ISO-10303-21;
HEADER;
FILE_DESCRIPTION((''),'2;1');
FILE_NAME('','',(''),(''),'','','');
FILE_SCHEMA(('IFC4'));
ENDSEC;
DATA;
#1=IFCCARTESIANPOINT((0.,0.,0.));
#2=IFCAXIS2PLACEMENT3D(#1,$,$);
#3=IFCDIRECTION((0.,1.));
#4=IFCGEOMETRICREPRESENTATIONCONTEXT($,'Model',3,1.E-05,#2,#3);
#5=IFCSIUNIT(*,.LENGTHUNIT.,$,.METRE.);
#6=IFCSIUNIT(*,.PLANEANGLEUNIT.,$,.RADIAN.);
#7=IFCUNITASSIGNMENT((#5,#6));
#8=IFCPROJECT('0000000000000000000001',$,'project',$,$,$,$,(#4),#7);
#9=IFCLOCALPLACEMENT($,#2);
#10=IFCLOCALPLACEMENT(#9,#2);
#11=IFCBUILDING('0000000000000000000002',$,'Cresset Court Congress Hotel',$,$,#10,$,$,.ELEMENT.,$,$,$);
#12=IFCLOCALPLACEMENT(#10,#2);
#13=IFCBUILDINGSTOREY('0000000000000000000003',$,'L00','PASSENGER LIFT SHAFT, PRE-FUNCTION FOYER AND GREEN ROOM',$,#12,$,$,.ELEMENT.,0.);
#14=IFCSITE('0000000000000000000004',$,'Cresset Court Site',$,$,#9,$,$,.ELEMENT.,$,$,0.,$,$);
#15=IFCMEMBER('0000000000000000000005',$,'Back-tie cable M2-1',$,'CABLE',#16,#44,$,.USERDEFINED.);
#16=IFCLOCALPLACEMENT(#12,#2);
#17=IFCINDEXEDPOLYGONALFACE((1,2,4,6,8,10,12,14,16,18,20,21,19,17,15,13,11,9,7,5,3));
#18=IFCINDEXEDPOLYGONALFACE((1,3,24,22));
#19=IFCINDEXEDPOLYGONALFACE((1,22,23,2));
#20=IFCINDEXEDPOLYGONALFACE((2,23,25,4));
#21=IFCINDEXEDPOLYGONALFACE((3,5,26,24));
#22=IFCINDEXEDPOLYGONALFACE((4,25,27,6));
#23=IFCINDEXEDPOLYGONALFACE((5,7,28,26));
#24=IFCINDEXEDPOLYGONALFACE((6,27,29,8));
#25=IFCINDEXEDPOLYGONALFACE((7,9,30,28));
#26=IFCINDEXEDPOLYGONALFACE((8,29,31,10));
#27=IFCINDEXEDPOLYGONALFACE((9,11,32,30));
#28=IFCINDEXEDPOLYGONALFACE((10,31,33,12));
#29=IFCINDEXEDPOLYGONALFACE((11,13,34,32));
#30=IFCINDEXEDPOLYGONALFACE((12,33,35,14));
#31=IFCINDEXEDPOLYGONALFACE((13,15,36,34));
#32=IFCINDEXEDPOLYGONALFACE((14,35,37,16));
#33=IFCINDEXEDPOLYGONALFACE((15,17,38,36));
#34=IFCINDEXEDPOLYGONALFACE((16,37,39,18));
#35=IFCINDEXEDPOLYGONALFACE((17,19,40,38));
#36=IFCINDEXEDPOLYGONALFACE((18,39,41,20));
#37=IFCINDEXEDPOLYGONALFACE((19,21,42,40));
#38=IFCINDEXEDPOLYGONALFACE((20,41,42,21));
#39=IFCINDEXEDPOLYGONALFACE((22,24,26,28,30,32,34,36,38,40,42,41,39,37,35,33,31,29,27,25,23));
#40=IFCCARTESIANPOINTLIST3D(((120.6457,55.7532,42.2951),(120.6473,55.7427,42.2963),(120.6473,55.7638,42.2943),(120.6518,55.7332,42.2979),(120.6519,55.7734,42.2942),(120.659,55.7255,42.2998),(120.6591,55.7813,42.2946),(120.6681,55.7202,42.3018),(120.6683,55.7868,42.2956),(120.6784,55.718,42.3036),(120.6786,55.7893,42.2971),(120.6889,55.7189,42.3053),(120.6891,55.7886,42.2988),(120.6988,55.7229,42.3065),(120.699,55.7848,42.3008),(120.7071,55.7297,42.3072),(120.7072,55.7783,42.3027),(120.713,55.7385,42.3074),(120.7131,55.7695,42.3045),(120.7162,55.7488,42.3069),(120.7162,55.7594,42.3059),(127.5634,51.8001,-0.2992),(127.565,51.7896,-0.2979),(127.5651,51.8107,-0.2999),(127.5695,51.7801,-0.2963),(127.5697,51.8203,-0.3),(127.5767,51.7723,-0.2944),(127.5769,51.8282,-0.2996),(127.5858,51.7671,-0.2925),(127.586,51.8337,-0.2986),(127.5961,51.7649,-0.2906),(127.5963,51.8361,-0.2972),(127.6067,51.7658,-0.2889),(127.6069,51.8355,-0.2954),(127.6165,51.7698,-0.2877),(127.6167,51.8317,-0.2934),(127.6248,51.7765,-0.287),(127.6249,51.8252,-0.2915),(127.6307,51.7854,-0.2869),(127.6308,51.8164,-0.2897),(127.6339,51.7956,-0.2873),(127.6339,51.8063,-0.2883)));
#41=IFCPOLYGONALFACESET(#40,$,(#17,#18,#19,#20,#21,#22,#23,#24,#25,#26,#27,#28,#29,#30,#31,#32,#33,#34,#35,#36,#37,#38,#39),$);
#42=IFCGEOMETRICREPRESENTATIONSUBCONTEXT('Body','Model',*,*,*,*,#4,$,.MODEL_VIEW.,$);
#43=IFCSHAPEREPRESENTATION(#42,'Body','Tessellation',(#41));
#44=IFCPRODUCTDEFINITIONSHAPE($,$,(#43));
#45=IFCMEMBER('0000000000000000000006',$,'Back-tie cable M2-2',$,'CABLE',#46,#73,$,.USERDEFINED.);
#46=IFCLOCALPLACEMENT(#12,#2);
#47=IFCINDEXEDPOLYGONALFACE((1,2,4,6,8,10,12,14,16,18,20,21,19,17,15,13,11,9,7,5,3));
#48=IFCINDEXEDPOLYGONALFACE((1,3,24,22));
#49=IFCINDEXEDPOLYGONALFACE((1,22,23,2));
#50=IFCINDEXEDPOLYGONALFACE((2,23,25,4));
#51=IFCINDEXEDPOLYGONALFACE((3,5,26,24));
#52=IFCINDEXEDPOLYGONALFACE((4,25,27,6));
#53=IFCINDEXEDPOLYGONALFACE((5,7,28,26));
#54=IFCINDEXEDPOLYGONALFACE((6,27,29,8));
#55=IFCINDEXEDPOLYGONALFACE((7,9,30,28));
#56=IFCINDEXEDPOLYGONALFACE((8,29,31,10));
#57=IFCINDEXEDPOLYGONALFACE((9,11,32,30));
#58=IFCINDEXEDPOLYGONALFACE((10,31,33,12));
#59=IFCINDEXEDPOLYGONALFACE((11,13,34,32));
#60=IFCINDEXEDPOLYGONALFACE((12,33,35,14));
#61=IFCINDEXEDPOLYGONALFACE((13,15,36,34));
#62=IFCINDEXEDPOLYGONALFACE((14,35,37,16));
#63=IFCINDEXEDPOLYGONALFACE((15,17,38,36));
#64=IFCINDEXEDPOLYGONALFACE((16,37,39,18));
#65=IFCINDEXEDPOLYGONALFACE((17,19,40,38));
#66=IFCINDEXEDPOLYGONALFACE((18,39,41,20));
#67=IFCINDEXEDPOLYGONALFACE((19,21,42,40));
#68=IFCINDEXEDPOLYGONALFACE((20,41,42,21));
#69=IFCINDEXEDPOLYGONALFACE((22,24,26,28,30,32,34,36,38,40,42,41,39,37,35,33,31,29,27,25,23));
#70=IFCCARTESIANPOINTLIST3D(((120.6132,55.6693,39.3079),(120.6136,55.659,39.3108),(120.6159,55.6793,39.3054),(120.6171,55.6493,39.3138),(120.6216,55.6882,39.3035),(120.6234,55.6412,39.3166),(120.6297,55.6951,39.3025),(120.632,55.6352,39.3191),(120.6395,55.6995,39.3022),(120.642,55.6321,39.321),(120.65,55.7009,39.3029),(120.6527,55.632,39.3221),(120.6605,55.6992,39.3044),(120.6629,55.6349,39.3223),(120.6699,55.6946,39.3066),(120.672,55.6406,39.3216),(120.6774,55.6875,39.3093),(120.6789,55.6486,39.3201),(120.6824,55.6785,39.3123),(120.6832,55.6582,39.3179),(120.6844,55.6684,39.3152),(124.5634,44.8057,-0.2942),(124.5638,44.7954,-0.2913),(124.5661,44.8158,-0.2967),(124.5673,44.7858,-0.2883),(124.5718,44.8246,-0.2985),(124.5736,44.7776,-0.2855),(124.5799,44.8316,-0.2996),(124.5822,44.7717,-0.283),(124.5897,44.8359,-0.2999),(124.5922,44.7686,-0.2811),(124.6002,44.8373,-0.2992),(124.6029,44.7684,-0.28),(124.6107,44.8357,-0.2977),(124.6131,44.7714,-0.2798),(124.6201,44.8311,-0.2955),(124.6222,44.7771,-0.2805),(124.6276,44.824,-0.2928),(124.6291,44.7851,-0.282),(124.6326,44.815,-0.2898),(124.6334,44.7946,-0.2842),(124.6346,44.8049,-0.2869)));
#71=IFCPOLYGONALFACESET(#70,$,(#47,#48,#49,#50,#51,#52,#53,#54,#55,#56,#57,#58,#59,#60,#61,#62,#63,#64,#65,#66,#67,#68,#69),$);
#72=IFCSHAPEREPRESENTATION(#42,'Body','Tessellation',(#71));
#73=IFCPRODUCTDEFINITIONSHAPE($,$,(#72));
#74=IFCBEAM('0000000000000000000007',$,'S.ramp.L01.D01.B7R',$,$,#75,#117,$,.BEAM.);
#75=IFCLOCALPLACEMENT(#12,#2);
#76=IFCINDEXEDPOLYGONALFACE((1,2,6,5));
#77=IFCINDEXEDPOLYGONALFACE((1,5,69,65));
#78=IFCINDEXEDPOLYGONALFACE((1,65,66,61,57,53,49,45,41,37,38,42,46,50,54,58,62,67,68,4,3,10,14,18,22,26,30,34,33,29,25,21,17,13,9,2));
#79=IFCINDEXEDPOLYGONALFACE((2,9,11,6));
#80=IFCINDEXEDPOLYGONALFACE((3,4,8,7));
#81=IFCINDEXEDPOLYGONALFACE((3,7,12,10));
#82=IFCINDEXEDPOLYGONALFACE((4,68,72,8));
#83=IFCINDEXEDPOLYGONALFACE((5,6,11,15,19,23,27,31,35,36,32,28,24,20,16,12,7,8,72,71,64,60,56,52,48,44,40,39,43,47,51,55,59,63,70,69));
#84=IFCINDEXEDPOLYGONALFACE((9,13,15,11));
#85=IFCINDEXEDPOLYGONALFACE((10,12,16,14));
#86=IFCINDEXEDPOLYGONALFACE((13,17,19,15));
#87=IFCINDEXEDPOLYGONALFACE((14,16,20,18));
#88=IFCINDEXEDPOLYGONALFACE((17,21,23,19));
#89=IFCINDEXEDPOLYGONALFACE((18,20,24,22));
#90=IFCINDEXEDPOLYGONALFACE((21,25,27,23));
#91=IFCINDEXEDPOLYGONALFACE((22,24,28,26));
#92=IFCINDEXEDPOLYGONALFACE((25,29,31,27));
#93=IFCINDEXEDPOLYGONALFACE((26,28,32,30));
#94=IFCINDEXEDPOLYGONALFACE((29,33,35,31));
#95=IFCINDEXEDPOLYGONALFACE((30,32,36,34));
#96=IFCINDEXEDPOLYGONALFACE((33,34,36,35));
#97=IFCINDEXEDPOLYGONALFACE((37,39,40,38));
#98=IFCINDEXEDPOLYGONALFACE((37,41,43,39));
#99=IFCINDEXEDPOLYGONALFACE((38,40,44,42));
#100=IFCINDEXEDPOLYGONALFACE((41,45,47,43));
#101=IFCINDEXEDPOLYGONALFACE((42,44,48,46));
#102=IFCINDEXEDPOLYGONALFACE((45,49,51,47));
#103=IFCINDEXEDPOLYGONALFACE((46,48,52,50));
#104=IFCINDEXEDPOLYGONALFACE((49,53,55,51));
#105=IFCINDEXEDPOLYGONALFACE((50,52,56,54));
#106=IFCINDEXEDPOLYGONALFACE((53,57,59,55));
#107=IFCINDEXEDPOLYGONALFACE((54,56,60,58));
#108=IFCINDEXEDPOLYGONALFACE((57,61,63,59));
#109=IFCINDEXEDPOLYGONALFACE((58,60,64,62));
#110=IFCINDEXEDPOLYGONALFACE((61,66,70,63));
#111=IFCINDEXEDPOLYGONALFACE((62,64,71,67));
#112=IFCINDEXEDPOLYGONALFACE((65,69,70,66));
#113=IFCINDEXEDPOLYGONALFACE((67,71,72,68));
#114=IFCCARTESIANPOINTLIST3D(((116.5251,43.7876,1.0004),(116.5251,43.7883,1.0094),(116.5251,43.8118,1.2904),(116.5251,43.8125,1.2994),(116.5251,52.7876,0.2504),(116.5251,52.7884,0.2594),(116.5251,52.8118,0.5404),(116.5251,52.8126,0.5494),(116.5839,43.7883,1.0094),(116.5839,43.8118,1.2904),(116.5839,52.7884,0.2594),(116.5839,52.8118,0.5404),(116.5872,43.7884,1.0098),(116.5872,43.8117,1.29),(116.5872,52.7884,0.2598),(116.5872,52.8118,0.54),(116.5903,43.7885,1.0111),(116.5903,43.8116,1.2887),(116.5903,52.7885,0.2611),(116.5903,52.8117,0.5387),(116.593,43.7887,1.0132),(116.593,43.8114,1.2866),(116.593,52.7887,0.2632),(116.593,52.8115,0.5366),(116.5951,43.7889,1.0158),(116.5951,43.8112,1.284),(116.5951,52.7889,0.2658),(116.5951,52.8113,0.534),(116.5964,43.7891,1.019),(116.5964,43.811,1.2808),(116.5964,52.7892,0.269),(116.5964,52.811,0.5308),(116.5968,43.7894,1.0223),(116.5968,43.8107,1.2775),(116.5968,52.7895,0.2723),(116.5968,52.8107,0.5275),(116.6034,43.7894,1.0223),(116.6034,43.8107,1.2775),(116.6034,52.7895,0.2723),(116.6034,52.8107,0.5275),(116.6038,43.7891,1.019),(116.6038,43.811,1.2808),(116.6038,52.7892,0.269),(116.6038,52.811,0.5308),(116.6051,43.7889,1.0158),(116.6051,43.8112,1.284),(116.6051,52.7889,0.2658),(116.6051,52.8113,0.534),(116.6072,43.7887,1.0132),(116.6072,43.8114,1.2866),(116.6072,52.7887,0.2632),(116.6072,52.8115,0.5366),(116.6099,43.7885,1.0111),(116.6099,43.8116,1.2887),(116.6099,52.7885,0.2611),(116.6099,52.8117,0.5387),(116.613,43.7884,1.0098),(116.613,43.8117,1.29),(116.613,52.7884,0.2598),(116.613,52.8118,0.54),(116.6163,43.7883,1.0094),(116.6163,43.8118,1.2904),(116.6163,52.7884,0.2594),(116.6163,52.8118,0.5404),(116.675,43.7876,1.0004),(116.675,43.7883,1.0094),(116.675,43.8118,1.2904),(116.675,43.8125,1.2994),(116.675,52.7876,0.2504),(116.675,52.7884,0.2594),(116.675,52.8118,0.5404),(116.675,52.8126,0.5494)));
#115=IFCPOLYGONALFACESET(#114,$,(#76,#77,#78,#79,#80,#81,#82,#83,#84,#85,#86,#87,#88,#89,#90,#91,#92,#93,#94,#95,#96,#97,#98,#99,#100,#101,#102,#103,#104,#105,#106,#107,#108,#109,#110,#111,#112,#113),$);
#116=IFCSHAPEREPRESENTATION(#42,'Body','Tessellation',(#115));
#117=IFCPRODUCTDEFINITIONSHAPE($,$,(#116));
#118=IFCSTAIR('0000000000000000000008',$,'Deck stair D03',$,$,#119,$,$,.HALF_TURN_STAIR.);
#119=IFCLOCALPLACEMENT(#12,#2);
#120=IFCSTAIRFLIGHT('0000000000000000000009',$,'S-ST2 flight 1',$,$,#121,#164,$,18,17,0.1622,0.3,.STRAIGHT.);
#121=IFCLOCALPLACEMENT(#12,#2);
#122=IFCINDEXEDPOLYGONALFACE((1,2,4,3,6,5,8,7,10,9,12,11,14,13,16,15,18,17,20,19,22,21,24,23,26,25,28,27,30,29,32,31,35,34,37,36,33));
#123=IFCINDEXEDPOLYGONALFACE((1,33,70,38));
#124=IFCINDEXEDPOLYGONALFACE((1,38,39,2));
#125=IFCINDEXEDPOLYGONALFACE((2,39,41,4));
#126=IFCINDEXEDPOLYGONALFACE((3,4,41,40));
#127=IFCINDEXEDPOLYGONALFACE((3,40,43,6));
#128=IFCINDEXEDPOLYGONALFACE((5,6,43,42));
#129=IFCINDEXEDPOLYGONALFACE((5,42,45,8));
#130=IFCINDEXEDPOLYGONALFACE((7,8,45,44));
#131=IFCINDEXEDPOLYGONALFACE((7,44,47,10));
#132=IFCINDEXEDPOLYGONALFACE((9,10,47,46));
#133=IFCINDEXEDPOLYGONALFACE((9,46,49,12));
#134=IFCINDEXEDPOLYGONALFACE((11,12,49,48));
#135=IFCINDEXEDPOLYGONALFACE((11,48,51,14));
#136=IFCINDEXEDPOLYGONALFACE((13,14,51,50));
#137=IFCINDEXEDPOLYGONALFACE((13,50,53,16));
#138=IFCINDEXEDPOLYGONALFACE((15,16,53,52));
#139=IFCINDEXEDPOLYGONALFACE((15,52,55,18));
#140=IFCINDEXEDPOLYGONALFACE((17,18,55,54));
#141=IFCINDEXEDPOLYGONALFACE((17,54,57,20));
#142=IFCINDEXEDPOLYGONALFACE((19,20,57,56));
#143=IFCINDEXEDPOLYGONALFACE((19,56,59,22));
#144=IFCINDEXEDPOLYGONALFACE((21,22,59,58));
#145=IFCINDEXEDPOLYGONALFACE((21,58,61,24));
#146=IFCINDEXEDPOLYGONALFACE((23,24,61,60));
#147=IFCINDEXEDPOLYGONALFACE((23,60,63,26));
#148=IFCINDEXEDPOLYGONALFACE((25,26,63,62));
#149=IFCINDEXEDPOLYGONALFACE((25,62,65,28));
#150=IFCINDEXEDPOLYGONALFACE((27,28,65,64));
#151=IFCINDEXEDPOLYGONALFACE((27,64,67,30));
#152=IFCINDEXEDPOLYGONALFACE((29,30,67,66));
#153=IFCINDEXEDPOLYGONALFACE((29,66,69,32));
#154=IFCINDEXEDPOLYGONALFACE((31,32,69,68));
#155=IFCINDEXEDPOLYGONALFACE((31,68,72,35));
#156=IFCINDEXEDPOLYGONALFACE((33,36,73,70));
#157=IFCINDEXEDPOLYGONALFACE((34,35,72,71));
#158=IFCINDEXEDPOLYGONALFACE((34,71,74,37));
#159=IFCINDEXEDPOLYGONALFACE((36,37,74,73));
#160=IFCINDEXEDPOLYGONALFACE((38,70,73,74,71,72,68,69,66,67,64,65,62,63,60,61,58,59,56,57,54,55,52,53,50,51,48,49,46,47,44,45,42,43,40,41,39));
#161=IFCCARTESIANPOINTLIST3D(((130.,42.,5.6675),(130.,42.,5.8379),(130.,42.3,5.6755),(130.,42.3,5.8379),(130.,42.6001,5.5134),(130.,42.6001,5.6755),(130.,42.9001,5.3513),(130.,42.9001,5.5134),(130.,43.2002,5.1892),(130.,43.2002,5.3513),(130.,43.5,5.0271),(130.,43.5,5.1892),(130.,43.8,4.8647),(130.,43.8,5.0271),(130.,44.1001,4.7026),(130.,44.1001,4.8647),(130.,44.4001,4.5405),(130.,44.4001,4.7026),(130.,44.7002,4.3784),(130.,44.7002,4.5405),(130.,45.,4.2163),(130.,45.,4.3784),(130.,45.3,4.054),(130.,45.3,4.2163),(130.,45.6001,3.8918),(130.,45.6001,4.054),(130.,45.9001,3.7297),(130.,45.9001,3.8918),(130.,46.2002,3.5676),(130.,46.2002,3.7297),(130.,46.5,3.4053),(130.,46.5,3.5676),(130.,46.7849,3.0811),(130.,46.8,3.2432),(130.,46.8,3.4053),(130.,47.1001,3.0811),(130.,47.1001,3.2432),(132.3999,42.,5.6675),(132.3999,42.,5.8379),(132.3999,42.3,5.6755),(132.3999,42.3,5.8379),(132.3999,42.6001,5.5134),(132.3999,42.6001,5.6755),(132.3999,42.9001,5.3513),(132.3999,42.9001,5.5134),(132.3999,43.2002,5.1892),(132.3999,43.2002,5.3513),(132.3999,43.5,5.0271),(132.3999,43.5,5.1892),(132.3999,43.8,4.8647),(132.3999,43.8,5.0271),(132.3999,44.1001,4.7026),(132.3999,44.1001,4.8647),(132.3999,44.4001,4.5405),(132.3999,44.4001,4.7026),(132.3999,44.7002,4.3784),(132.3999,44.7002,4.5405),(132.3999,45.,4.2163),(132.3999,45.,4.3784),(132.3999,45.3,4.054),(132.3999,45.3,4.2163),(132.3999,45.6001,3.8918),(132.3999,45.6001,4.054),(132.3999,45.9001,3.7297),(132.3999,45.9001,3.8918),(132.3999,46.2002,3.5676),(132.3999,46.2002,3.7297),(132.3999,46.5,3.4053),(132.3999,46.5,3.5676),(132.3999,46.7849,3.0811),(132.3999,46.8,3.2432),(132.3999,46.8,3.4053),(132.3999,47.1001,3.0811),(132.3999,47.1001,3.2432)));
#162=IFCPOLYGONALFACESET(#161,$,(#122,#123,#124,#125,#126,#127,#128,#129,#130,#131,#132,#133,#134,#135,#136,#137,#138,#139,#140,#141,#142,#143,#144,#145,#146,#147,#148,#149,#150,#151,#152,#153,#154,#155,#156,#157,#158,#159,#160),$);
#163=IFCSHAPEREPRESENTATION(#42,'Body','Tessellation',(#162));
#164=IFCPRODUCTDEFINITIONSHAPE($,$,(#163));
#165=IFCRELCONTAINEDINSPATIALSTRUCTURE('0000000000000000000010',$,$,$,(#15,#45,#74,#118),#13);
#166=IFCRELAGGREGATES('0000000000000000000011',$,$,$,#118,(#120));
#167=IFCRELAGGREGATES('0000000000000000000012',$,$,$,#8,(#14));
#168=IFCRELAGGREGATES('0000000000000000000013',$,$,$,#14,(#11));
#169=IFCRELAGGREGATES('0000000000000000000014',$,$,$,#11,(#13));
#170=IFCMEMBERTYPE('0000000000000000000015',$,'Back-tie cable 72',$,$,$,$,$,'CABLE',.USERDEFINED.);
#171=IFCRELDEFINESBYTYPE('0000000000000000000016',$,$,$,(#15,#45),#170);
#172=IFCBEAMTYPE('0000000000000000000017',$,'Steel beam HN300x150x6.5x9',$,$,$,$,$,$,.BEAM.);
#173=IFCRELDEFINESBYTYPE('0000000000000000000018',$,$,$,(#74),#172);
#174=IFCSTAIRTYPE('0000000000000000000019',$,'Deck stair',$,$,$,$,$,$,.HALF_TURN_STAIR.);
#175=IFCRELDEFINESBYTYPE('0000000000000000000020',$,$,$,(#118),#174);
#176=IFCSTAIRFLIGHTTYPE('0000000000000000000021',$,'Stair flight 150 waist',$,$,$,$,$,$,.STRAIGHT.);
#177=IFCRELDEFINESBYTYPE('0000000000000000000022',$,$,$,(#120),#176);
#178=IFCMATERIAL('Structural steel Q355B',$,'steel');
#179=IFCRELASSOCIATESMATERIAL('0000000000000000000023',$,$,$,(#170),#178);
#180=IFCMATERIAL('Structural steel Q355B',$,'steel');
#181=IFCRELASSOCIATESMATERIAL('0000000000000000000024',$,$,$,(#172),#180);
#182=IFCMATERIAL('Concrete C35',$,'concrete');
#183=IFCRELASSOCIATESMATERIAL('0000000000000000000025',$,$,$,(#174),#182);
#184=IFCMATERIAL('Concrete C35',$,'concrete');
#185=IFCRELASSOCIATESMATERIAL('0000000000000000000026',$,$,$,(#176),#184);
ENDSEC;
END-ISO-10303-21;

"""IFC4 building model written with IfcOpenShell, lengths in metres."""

from ifc_helpers import new_model, si_unit, direction, frame, origin, origin_2d, place, context, subcontext, project, spatial, polyline, circle, i_section, outline, extrude, material, material_profile, profile_set, type_object, element, aggregate, save


model = new_model("IFC4")

# Units and contexts
model_context = context("Model", 3, precision=1e-05, world=origin(), true_north=direction((0.0, 1.0)))
body_context = subcontext(model_context, "Body", "Model", "MODEL_VIEW")
ifc_project = project(units=[si_unit("LENGTHUNIT", "METRE"), si_unit("PLANEANGLEUNIT", "RADIAN")], contexts=[model_context])

# Site, building, storey
site_placement = place(None, origin())
site = spatial("IfcSite", under=ifc_project, at=site_placement, Name="Cresset Court Site", CompositionType="ELEMENT", RefElevation=0.0)
building_placement = place(site_placement, origin())
building = spatial("IfcBuilding", under=site, at=building_placement, Name="Cresset Court Congress Hotel", CompositionType="ELEMENT")
storey_placement = place(building_placement, origin())
storey = spatial("IfcBuildingStorey", under=building, at=storey_placement, Name="L00", Description="PASSENGER LIFT SHAFT, PRE-FUNCTION FOYER AND GREEN ROOM", CompositionType="ELEMENT", Elevation=0.0)

# Members
ifc_material_1 = material(Name="Structural steel Q355B", Category="steel")
ifc_material_profile_1 = material_profile(ifc_material_1, circle(Radius=0.0359, at=origin_2d()), Name="CABLE72")
ifc_profile_set_1 = profile_set([ifc_material_profile_1], Name="Structural steel Q355B")
member_type = type_object("IfcMemberType", Name="Back-tie cable 72", ElementType="CABLE", PredefinedType="USERDEFINED", material=ifc_profile_set_1)
member_1_placement = place(storey_placement, frame((120.6812, 55.7537, 42.3008), z_axis=(0.159641, -0.091227, -0.982951), x_axis=(0.496152, 0.868236, 0.0)))
element("IfcMember", 1, at=member_1_placement, inside=storey, type_object=member_type, Name="Back-tie cable M2-1", ObjectType="CABLE", PredefinedType="USERDEFINED", context=body_context, shape_type="SweptSolid", body=[
    extrude(circle(Radius=0.0359, at=origin_2d()), origin(), (0.0, 0.0, 1.0), 43.333),
])
member_2_placement = place(storey_placement, frame((120.6487, 55.6663, 39.3123), z_axis=(0.095752, -0.263329, -0.959942), x_axis=(0.939798, 0.341729, 0.0)))
element("IfcMember", 2, at=member_2_placement, inside=storey, type_object=member_type, Name="Back-tie cable M2-2", ObjectType="CABLE", PredefinedType="USERDEFINED", context=body_context, shape_type="SweptSolid", body=[
    extrude(circle(Radius=0.0359, at=origin_2d()), origin(), (0.0, 0.0, 1.0), 41.2546),
])

# Beam
ifc_material_2 = material(Name="Structural steel Q355B", Category="steel")
ifc_material_profile_2 = material_profile(ifc_material_2, i_section(OverallWidth=0.1499, OverallDepth=0.3, WebThickness=0.0066, FlangeThickness=0.009, FilletRadius=0.0129, at=origin_2d()), Name="HN300x150x6.5x9")
ifc_profile_set_2 = profile_set([ifc_material_profile_2], Name="Structural steel Q355B")
beam_type = type_object("IfcBeamType", Name="Steel beam HN300x150x6.5x9", PredefinedType="BEAM", material=ifc_profile_set_2)
beam_placement = place(storey_placement, frame((116.6001, 43.8, 1.1499), z_axis=(0.0, 0.996546, -0.083045), x_axis=(-1.0, 0.0, 0.0)))
element("IfcBeam", 3, at=beam_placement, inside=storey, type_object=beam_type, Name="S.ramp.L01.D01.B7R", PredefinedType="BEAM", context=body_context, shape_type="SweptSolid", body=[
    extrude(i_section(OverallWidth=0.1499, OverallDepth=0.3, WebThickness=0.0066, FlangeThickness=0.009, FilletRadius=0.0129, at=origin_2d()), origin(), (0.0, 0.0, 1.0), 9.0312),
])

# Stair, stair flight
ifc_material_3 = material(Name="Concrete C35", Category="concrete")
stair_type = type_object("IfcStairType", Name="Deck stair", PredefinedType="HALF_TURN_STAIR", material=ifc_material_3)
stair_placement = place(storey_placement, origin())
stair = element("IfcStair", 4, at=stair_placement, inside=storey, type_object=stair_type, Name="Deck stair D03", PredefinedType="HALF_TURN_STAIR")
ifc_material_4 = material(Name="Concrete C35", Category="concrete")
stair_flight_type = type_object("IfcStairFlightType", Name="Stair flight 150 waist", PredefinedType="STRAIGHT", material=ifc_material_4)
stair_flight_placement = place(storey_placement, frame((131.2, 47.1001, 3.0811), z_axis=(0.0, 0.0, 1.0), x_axis=(0.0, -1.0, 0.0)))
stair_flight = element("IfcStairFlight", 5, at=stair_flight_placement, type_object=stair_flight_type, Name="S-ST2 flight 1", NumberOfRisers=18, NumberOfTreads=17, PredefinedType="STRAIGHT", RiserHeight=0.1622, TreadLength=0.3, context=body_context, shape_type="SweptSolid", body=[
    extrude(outline(polyline([(0.0, 0.0), (0.0, 0.1621), (0.3, 0.1621), (0.3, 0.3242), (0.6001, 0.3242), (0.6001, 0.4866), (0.8999, 0.4866), (0.8999, 0.6487), (1.2, 0.6487), (1.2, 0.8108), (1.5, 0.8108), (1.5, 0.9729), (1.8, 0.9729), (1.8, 1.1353), (2.1001, 1.1353), (2.1001, 1.2974), (2.3999, 1.2974), (2.3999, 1.4595), (2.7, 1.4595), (2.7, 1.6216), (3.0, 1.6216), (3.0, 1.7837), (3.3, 1.7837), (3.3, 1.946), (3.6001, 1.946), (3.6001, 2.1082), (3.8999, 2.1082), (3.8999, 2.2703), (4.2, 2.2703), (4.2, 2.4324), (4.5, 2.4324), (4.5, 2.5945), (4.8, 2.5945), (4.8, 2.7568), (5.1001, 2.7568), (5.1001, 2.9189), (5.1001, 2.5864), (0.3152, 0.0), (0.0, 0.0)])), frame((0.0, 1.2, 0.0), z_axis=(0.0, -1.0, 0.0), x_axis=(1.0, 0.0, 0.0)), (0.0, 0.0, 1.0), 2.3999),
])
aggregate(stair, [stair_flight])

save(model, "model.ifc")
